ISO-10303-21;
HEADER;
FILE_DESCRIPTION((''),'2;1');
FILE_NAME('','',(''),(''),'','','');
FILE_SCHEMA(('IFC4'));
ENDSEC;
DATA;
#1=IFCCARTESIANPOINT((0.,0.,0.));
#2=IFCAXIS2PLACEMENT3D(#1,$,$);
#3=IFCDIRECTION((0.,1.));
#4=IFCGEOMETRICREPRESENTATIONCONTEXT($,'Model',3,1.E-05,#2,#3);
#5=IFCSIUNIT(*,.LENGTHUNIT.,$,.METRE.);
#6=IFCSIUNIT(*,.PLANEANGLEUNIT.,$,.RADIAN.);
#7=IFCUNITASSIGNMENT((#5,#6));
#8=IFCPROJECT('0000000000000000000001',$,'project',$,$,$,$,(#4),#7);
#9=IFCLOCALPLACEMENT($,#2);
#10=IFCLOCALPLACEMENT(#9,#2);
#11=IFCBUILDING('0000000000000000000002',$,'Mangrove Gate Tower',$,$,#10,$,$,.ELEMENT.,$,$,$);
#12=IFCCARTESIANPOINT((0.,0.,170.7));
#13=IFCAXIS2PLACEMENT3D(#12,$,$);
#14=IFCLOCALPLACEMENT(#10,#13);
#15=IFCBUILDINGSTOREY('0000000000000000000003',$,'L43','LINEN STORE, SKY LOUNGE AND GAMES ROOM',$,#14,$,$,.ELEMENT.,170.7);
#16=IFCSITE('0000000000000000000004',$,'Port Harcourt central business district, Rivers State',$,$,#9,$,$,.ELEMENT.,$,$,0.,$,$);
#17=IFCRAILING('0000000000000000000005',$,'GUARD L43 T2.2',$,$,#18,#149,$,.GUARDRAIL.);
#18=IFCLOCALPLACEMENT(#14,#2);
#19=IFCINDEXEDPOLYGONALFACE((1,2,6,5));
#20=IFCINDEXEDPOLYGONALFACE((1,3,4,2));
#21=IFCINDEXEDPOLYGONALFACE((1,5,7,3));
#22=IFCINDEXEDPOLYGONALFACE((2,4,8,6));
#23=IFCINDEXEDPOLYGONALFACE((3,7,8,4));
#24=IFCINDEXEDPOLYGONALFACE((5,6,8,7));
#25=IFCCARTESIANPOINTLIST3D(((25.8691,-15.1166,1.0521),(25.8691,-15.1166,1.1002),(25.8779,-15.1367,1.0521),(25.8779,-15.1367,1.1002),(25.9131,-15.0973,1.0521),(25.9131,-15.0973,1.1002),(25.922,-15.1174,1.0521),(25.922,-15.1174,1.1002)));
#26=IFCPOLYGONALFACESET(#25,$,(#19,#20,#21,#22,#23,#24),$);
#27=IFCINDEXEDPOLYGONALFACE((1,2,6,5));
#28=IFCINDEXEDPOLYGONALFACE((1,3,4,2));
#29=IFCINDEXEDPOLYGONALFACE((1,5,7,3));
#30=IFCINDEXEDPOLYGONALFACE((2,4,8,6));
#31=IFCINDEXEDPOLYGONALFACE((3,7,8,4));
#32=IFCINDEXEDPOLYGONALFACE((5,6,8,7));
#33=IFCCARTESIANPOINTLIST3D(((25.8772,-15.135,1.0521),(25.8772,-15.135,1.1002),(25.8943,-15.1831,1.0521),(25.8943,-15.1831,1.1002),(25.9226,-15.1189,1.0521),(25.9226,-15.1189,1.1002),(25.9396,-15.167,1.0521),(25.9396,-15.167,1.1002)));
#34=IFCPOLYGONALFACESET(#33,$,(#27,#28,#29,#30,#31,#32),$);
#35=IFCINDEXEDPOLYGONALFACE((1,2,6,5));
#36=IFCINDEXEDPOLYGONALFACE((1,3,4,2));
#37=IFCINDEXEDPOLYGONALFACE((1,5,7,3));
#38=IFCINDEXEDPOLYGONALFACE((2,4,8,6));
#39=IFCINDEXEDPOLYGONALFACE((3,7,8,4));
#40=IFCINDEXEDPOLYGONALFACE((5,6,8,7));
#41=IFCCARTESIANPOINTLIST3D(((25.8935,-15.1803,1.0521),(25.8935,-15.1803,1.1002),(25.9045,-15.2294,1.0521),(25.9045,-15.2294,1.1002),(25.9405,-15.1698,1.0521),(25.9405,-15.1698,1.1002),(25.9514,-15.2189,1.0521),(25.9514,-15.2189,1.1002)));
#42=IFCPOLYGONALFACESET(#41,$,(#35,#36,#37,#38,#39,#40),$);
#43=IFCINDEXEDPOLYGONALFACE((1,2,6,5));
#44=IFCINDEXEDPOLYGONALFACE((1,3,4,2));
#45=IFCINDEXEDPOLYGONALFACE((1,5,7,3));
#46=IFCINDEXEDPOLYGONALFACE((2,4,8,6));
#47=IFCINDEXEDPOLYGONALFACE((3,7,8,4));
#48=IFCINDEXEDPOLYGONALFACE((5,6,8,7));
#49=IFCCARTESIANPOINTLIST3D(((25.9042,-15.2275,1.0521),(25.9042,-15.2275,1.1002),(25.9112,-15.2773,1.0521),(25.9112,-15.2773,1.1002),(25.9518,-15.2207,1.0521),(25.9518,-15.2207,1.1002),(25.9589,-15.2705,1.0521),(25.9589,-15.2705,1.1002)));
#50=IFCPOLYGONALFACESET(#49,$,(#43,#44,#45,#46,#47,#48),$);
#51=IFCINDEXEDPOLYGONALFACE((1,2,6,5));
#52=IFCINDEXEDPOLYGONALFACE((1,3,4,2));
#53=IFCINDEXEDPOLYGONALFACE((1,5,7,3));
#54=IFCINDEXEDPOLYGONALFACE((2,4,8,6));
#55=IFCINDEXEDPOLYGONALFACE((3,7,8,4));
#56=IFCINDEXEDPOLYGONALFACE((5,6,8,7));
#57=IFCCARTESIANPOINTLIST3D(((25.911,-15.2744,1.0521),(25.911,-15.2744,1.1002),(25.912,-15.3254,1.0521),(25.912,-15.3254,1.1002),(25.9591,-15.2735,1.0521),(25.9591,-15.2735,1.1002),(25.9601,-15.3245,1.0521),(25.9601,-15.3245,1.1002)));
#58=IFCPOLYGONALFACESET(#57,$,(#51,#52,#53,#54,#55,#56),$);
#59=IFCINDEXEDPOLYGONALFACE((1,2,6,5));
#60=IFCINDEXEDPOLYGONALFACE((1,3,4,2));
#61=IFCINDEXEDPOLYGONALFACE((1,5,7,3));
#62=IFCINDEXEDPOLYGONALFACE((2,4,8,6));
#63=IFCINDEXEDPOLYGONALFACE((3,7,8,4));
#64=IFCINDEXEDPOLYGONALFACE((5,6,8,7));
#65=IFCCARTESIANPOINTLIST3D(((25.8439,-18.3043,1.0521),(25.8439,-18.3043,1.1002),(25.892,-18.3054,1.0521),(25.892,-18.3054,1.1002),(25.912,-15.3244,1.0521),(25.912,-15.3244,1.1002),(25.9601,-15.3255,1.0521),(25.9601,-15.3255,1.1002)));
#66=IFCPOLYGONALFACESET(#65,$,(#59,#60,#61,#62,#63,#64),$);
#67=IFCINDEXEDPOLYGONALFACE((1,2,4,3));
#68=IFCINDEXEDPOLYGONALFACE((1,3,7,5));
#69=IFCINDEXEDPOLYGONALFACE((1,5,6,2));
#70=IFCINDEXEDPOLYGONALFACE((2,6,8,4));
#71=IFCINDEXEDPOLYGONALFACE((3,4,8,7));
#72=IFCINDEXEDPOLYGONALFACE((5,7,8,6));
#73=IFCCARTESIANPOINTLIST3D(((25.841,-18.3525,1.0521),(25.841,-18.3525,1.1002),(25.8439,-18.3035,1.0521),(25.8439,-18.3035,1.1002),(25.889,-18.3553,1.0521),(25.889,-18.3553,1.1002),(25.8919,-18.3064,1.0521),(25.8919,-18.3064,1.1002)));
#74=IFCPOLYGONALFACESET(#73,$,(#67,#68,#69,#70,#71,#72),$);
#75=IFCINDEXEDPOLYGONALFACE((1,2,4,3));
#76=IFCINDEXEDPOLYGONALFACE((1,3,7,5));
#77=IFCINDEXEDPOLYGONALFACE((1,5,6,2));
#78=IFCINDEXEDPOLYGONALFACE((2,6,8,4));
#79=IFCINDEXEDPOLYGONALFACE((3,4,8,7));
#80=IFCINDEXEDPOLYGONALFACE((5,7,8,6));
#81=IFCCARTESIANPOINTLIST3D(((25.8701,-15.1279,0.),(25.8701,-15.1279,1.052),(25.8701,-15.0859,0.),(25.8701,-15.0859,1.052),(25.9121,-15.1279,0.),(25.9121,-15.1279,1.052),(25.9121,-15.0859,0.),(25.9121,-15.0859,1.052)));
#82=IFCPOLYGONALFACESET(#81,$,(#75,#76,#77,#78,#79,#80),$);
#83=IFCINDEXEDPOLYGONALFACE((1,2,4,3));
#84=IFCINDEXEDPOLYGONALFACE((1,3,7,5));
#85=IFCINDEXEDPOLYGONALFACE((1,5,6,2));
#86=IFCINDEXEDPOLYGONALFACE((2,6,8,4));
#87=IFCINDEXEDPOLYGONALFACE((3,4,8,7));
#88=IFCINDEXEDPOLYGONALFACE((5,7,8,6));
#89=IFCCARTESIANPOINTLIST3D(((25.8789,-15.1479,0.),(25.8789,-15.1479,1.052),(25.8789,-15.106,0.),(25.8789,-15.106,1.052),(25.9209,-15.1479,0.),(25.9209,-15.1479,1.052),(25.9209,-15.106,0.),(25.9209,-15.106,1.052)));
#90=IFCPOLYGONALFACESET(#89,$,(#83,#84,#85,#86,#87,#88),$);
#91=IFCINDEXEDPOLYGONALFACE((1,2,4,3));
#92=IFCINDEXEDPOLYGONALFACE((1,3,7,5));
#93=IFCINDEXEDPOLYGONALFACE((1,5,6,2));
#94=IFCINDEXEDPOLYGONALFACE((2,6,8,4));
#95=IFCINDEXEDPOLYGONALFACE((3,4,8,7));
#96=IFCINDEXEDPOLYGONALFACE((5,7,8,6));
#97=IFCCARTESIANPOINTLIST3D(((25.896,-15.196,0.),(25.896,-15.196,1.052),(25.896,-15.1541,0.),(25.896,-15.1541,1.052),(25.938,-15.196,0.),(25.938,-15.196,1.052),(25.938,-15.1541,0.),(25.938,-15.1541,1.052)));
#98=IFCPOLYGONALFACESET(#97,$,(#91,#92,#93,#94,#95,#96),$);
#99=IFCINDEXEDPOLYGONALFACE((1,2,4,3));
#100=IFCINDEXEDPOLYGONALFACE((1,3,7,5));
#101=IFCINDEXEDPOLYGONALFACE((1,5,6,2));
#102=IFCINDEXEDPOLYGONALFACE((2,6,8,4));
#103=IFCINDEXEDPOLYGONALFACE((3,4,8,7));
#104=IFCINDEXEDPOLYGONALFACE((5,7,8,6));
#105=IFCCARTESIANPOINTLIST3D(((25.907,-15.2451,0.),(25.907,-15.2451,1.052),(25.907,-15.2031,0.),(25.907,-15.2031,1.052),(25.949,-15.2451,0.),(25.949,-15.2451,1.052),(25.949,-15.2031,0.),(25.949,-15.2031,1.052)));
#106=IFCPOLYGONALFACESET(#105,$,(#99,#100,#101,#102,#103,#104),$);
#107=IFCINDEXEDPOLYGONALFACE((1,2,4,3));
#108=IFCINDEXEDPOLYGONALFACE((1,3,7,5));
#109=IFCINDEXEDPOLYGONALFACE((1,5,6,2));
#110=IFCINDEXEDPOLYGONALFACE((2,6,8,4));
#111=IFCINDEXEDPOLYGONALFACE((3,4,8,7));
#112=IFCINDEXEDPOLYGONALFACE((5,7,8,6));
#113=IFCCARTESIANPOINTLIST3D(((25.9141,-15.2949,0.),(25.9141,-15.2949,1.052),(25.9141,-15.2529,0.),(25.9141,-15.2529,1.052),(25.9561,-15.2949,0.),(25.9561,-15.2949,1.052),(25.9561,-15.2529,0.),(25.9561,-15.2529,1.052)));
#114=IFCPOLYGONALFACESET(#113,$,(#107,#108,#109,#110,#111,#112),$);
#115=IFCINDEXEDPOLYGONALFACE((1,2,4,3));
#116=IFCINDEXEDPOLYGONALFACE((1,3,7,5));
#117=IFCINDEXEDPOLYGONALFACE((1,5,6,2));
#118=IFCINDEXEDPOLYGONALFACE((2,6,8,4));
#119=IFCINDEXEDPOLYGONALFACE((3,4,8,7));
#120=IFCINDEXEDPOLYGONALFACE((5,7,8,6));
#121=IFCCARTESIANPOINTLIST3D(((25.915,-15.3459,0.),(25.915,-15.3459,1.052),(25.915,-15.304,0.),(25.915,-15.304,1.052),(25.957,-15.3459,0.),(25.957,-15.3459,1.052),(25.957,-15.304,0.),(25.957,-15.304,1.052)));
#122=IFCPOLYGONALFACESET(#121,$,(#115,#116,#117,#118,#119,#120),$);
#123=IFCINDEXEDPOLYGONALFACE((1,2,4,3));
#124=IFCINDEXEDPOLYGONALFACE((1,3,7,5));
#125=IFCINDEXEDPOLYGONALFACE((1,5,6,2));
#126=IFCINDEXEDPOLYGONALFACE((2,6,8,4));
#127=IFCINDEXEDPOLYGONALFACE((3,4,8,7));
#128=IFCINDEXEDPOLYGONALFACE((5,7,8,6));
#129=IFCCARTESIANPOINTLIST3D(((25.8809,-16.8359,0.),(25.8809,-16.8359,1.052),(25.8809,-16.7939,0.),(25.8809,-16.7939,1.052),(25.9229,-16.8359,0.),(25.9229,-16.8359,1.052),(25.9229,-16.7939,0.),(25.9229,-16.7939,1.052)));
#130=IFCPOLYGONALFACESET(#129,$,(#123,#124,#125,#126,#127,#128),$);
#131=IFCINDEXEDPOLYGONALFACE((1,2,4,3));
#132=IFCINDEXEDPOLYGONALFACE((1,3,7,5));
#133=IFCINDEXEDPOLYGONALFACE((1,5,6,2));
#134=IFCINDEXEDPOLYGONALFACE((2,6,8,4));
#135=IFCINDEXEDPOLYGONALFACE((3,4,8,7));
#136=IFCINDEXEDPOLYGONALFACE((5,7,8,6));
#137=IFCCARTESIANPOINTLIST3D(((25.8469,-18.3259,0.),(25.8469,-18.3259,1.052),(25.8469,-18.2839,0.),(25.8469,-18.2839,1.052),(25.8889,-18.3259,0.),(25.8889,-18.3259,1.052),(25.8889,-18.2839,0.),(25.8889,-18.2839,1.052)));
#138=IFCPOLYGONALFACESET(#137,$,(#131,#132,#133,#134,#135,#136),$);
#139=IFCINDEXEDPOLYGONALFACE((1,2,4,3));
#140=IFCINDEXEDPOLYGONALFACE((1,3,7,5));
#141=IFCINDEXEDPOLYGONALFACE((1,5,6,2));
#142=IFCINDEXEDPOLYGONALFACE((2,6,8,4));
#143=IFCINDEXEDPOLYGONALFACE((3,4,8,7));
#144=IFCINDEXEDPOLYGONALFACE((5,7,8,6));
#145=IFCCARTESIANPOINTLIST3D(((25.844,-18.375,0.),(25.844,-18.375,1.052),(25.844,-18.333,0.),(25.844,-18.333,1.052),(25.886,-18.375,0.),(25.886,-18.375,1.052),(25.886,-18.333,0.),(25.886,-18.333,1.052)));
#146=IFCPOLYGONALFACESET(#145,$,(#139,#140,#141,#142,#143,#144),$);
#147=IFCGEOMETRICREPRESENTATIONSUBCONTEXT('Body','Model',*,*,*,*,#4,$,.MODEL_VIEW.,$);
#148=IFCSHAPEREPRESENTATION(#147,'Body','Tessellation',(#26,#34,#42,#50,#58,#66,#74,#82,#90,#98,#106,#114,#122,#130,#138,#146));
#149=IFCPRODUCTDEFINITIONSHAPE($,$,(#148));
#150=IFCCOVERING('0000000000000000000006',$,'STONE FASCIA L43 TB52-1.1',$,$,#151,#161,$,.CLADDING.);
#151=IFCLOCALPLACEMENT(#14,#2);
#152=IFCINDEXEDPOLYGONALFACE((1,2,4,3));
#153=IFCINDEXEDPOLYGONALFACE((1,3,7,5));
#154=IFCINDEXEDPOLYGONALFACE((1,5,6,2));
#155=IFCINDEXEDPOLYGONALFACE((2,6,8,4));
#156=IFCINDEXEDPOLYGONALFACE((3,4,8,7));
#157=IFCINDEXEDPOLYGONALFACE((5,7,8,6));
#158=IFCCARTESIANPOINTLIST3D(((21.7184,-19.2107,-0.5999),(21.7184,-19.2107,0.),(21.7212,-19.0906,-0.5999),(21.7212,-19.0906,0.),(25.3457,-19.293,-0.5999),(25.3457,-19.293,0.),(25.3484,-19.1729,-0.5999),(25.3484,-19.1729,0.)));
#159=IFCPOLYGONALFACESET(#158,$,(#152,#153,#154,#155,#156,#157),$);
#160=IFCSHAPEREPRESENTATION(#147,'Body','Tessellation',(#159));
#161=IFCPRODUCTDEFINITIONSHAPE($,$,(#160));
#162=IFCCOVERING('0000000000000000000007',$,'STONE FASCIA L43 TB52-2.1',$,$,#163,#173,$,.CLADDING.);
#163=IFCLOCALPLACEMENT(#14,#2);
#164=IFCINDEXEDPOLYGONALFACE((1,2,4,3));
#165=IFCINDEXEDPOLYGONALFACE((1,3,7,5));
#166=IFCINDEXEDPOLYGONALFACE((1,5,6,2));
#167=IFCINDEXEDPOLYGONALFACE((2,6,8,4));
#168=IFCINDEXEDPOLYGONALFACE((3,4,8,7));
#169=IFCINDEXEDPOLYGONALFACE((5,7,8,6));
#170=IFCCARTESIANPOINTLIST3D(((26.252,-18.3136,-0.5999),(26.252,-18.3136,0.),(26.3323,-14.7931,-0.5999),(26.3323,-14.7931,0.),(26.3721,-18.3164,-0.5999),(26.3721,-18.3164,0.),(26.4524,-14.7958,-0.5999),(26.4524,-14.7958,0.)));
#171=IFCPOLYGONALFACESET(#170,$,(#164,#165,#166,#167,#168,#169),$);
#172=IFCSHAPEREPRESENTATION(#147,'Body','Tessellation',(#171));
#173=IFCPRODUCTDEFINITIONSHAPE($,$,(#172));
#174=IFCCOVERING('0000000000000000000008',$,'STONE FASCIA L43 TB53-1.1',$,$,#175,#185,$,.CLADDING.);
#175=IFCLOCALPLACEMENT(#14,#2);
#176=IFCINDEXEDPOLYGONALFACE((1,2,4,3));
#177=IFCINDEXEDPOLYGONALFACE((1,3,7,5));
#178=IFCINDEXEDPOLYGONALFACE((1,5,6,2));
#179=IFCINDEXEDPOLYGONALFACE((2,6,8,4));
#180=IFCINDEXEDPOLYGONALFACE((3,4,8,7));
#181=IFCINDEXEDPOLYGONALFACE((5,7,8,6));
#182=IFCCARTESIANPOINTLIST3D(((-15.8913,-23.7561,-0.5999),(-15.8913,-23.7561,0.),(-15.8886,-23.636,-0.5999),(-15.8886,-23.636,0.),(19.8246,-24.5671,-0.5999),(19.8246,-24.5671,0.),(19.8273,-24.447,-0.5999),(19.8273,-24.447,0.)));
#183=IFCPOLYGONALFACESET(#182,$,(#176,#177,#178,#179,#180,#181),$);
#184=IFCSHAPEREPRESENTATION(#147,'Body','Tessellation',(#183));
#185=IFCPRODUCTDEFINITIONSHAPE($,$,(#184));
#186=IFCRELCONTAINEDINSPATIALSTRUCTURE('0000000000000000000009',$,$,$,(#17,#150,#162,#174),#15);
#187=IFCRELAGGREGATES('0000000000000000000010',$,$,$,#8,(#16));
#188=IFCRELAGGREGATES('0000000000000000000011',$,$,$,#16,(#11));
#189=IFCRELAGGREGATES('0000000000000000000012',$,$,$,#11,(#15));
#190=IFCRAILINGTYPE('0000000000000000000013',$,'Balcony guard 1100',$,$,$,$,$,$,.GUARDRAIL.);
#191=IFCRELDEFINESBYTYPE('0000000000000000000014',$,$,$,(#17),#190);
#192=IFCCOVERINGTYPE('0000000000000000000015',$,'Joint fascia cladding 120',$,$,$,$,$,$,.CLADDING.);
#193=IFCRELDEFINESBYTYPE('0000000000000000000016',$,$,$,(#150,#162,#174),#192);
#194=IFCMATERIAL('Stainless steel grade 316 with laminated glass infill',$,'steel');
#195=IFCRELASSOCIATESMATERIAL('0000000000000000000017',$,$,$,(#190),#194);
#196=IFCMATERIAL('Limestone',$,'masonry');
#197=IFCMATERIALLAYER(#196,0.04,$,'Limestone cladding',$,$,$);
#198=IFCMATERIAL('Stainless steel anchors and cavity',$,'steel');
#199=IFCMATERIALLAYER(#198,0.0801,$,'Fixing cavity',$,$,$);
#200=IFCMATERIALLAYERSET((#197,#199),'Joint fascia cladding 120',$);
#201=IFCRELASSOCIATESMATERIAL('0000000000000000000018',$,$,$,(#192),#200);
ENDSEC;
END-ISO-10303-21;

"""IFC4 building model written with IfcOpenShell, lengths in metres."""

from ifc_helpers import new_model, si_unit, direction, frame, frame_2d, origin, origin_2d, place, context, subcontext, project, spatial, rectangle, extrude, material, layer, layer_set, type_object, element, save


model = new_model("IFC4")

# Units and contexts
model_context = context("Model", 3, precision=1e-05, world=origin(), true_north=direction((0.0, 1.0)))
body_context = subcontext(model_context, "Body", "Model", "MODEL_VIEW")
ifc_project = project(units=[si_unit("LENGTHUNIT", "METRE"), si_unit("PLANEANGLEUNIT", "RADIAN")], contexts=[model_context])

# Site, building, storey
site_placement = place(None, origin())
site = spatial("IfcSite", under=ifc_project, at=site_placement, Name="Port Harcourt central business district, Rivers State", CompositionType="ELEMENT", RefElevation=0.0)
building_placement = place(site_placement, origin())
building = spatial("IfcBuilding", under=site, at=building_placement, Name="Mangrove Gate Tower", CompositionType="ELEMENT")
storey_placement = place(building_placement, frame((0.0, 0.0, 170.7)))
storey = spatial("IfcBuildingStorey", under=building, at=storey_placement, Name="L43", Description="LINEN STORE, SKY LOUNGE AND GAMES ROOM", CompositionType="ELEMENT", Elevation=170.7)

# Shared definitions
ifc_material_1 = material(Name="Limestone", Category="masonry")

# Railing
ifc_material_2 = material(Name="Stainless steel grade 316 with laminated glass infill", Category="steel")
railing_type = type_object("IfcRailingType", Name="Balcony guard 1100", PredefinedType="GUARDRAIL", material=ifc_material_2)
railing_1_placement = place(storey_placement, frame((25.8911, -15.1069, 0.0)))
element("IfcRailing", 1, at=railing_1_placement, inside=storey, type_object=railing_type, Name="GUARD L43 T2.2", PredefinedType="GUARDRAIL", context=body_context, shape_type="SweptSolid", body=[
    extrude(rectangle(XDim=0.0481, YDim=0.0481, at=origin_2d()), frame((0.0, 0.0, 1.0762), z_axis=(0.40199, -0.915644, 0.0), x_axis=(0.915644, 0.40199, 0.0)), (0.0, 0.0, 1.0), 0.022),
    extrude(rectangle(XDim=0.0481, YDim=0.0481, at=origin_2d()), frame((0.0088, -0.02, 1.0762), z_axis=(0.334821, -0.942282, 0.0), x_axis=(0.942282, 0.334821, 0.0)), (0.0, 0.0, 1.0), 0.051),
    extrude(rectangle(XDim=0.0481, YDim=0.0481, at=origin_2d()), frame((0.0259, -0.0681, 1.0762), z_axis=(0.218472, -0.975843, 0.0), x_axis=(0.975843, 0.218472, 0.0)), (0.0, 0.0, 1.0), 0.0503),
    extrude(rectangle(XDim=0.0481, YDim=0.0481, at=origin_2d()), frame((0.0369, -0.1172, 1.0762), z_axis=(0.140742, -0.990046, 0.0), x_axis=(0.990046, 0.140742, 0.0)), (0.0, 0.0, 1.0), 0.0503),
    extrude(rectangle(XDim=0.0481, YDim=0.0481, at=origin_2d()), frame((0.0439, -0.167, 1.0762), z_axis=(0.019135, -0.999817, 0.0), x_axis=(0.999817, 0.019135, 0.0)), (0.0, 0.0, 1.0), 0.051),
    extrude(rectangle(XDim=0.0481, YDim=0.0481, at=origin_2d()), frame((0.0449, -0.218, 1.0762), z_axis=(-0.022852, -0.999739, 0.0), x_axis=(0.999739, -0.022852, 0.0)), (0.0, 0.0, 1.0), 2.9807),
    extrude(rectangle(XDim=0.0481, YDim=0.0481, at=origin_2d()), frame((-0.0232, -3.198, 1.0762), z_axis=(-0.059595, -0.998223, 0.0), x_axis=(0.998223, -0.059595, 0.0)), (0.0, 0.0, 1.0), 0.0491),
    extrude(rectangle(XDim=0.042, YDim=0.042, at=origin_2d()), origin(), (0.0, 0.0, 1.0), 1.052),
    extrude(rectangle(XDim=0.042, YDim=0.042, at=origin_2d()), frame((0.0088, -0.02, 0.0)), (0.0, 0.0, 1.0), 1.052),
    extrude(rectangle(XDim=0.042, YDim=0.042, at=origin_2d()), frame((0.0259, -0.0681, 0.0)), (0.0, 0.0, 1.0), 1.052),
    extrude(rectangle(XDim=0.042, YDim=0.042, at=origin_2d()), frame((0.0369, -0.1172, 0.0)), (0.0, 0.0, 1.0), 1.052),
    extrude(rectangle(XDim=0.042, YDim=0.042, at=origin_2d()), frame((0.0439, -0.167, 0.0)), (0.0, 0.0, 1.0), 1.052),
    extrude(rectangle(XDim=0.042, YDim=0.042, at=origin_2d()), frame((0.0449, -0.218, 0.0)), (0.0, 0.0, 1.0), 1.052),
    extrude(rectangle(XDim=0.042, YDim=0.042, at=origin_2d()), frame((0.0107, -1.708, 0.0)), (0.0, 0.0, 1.0), 1.052),
    extrude(rectangle(XDim=0.042, YDim=0.042, at=origin_2d()), frame((-0.0232, -3.198, 0.0)), (0.0, 0.0, 1.0), 1.052),
    extrude(rectangle(XDim=0.042, YDim=0.042, at=origin_2d()), frame((-0.0261, -3.2471, 0.0)), (0.0, 0.0, 1.0), 1.052),
])

# Coverings
ifc_layer_1 = layer(ifc_material_1, 0.04, Name="Limestone cladding")
ifc_material_3 = material(Name="Stainless steel anchors and cavity", Category="steel")
ifc_layer_2 = layer(ifc_material_3, 0.0801, Name="Fixing cavity")
ifc_layer_set_1 = layer_set([ifc_layer_1, ifc_layer_2], Name="Joint fascia cladding 120")
covering_type = type_object("IfcCoveringType", Name="Joint fascia cladding 120", PredefinedType="CLADDING", material=ifc_layer_set_1)
covering_1_placement = place(storey_placement, frame((25.3469, -19.2329, -0.5999), z_axis=(0.0, 0.0, 1.0), x_axis=(-0.999743, 0.022677, 0.0)))
element("IfcCovering", 2, at=covering_1_placement, inside=storey, type_object=covering_type, Name="STONE FASCIA L43 TB52-1.1", PredefinedType="CLADDING", context=body_context, shape_type="SweptSolid", body=[
    extrude(rectangle(XDim=3.6282, YDim=0.1201, at=frame_2d((1.814, 0.0))), origin(), (0.0, 0.0, 1.0), 0.5999),
])
covering_2_placement = place(storey_placement, frame((26.3923, -14.7944, -0.5999), z_axis=(0.0, 0.0, 1.0), x_axis=(-0.02281, -0.99974, 0.0)))
element("IfcCovering", 3, at=covering_2_placement, inside=storey, type_object=covering_type, Name="STONE FASCIA L43 TB52-2.1", PredefinedType="CLADDING", context=body_context, shape_type="SweptSolid", body=[
    extrude(rectangle(XDim=3.5215, YDim=0.1201, at=frame_2d((1.7607, 0.0))), origin(), (0.0, 0.0, 1.0), 0.5999),
])
covering_3_placement = place(storey_placement, frame((19.8259, -24.5071, -0.5999), z_axis=(0.0, 0.0, 1.0), x_axis=(-0.999742, 0.022702, 0.0)))
element("IfcCovering", 4, at=covering_3_placement, inside=storey, type_object=covering_type, Name="STONE FASCIA L43 TB53-1.1", PredefinedType="CLADDING", context=body_context, shape_type="SweptSolid", body=[
    extrude(rectangle(XDim=35.7251, YDim=0.1201, at=frame_2d((17.8625, 0.0))), origin(), (0.0, 0.0, 1.0), 0.5999),
])

save(model, "model.ifc")
